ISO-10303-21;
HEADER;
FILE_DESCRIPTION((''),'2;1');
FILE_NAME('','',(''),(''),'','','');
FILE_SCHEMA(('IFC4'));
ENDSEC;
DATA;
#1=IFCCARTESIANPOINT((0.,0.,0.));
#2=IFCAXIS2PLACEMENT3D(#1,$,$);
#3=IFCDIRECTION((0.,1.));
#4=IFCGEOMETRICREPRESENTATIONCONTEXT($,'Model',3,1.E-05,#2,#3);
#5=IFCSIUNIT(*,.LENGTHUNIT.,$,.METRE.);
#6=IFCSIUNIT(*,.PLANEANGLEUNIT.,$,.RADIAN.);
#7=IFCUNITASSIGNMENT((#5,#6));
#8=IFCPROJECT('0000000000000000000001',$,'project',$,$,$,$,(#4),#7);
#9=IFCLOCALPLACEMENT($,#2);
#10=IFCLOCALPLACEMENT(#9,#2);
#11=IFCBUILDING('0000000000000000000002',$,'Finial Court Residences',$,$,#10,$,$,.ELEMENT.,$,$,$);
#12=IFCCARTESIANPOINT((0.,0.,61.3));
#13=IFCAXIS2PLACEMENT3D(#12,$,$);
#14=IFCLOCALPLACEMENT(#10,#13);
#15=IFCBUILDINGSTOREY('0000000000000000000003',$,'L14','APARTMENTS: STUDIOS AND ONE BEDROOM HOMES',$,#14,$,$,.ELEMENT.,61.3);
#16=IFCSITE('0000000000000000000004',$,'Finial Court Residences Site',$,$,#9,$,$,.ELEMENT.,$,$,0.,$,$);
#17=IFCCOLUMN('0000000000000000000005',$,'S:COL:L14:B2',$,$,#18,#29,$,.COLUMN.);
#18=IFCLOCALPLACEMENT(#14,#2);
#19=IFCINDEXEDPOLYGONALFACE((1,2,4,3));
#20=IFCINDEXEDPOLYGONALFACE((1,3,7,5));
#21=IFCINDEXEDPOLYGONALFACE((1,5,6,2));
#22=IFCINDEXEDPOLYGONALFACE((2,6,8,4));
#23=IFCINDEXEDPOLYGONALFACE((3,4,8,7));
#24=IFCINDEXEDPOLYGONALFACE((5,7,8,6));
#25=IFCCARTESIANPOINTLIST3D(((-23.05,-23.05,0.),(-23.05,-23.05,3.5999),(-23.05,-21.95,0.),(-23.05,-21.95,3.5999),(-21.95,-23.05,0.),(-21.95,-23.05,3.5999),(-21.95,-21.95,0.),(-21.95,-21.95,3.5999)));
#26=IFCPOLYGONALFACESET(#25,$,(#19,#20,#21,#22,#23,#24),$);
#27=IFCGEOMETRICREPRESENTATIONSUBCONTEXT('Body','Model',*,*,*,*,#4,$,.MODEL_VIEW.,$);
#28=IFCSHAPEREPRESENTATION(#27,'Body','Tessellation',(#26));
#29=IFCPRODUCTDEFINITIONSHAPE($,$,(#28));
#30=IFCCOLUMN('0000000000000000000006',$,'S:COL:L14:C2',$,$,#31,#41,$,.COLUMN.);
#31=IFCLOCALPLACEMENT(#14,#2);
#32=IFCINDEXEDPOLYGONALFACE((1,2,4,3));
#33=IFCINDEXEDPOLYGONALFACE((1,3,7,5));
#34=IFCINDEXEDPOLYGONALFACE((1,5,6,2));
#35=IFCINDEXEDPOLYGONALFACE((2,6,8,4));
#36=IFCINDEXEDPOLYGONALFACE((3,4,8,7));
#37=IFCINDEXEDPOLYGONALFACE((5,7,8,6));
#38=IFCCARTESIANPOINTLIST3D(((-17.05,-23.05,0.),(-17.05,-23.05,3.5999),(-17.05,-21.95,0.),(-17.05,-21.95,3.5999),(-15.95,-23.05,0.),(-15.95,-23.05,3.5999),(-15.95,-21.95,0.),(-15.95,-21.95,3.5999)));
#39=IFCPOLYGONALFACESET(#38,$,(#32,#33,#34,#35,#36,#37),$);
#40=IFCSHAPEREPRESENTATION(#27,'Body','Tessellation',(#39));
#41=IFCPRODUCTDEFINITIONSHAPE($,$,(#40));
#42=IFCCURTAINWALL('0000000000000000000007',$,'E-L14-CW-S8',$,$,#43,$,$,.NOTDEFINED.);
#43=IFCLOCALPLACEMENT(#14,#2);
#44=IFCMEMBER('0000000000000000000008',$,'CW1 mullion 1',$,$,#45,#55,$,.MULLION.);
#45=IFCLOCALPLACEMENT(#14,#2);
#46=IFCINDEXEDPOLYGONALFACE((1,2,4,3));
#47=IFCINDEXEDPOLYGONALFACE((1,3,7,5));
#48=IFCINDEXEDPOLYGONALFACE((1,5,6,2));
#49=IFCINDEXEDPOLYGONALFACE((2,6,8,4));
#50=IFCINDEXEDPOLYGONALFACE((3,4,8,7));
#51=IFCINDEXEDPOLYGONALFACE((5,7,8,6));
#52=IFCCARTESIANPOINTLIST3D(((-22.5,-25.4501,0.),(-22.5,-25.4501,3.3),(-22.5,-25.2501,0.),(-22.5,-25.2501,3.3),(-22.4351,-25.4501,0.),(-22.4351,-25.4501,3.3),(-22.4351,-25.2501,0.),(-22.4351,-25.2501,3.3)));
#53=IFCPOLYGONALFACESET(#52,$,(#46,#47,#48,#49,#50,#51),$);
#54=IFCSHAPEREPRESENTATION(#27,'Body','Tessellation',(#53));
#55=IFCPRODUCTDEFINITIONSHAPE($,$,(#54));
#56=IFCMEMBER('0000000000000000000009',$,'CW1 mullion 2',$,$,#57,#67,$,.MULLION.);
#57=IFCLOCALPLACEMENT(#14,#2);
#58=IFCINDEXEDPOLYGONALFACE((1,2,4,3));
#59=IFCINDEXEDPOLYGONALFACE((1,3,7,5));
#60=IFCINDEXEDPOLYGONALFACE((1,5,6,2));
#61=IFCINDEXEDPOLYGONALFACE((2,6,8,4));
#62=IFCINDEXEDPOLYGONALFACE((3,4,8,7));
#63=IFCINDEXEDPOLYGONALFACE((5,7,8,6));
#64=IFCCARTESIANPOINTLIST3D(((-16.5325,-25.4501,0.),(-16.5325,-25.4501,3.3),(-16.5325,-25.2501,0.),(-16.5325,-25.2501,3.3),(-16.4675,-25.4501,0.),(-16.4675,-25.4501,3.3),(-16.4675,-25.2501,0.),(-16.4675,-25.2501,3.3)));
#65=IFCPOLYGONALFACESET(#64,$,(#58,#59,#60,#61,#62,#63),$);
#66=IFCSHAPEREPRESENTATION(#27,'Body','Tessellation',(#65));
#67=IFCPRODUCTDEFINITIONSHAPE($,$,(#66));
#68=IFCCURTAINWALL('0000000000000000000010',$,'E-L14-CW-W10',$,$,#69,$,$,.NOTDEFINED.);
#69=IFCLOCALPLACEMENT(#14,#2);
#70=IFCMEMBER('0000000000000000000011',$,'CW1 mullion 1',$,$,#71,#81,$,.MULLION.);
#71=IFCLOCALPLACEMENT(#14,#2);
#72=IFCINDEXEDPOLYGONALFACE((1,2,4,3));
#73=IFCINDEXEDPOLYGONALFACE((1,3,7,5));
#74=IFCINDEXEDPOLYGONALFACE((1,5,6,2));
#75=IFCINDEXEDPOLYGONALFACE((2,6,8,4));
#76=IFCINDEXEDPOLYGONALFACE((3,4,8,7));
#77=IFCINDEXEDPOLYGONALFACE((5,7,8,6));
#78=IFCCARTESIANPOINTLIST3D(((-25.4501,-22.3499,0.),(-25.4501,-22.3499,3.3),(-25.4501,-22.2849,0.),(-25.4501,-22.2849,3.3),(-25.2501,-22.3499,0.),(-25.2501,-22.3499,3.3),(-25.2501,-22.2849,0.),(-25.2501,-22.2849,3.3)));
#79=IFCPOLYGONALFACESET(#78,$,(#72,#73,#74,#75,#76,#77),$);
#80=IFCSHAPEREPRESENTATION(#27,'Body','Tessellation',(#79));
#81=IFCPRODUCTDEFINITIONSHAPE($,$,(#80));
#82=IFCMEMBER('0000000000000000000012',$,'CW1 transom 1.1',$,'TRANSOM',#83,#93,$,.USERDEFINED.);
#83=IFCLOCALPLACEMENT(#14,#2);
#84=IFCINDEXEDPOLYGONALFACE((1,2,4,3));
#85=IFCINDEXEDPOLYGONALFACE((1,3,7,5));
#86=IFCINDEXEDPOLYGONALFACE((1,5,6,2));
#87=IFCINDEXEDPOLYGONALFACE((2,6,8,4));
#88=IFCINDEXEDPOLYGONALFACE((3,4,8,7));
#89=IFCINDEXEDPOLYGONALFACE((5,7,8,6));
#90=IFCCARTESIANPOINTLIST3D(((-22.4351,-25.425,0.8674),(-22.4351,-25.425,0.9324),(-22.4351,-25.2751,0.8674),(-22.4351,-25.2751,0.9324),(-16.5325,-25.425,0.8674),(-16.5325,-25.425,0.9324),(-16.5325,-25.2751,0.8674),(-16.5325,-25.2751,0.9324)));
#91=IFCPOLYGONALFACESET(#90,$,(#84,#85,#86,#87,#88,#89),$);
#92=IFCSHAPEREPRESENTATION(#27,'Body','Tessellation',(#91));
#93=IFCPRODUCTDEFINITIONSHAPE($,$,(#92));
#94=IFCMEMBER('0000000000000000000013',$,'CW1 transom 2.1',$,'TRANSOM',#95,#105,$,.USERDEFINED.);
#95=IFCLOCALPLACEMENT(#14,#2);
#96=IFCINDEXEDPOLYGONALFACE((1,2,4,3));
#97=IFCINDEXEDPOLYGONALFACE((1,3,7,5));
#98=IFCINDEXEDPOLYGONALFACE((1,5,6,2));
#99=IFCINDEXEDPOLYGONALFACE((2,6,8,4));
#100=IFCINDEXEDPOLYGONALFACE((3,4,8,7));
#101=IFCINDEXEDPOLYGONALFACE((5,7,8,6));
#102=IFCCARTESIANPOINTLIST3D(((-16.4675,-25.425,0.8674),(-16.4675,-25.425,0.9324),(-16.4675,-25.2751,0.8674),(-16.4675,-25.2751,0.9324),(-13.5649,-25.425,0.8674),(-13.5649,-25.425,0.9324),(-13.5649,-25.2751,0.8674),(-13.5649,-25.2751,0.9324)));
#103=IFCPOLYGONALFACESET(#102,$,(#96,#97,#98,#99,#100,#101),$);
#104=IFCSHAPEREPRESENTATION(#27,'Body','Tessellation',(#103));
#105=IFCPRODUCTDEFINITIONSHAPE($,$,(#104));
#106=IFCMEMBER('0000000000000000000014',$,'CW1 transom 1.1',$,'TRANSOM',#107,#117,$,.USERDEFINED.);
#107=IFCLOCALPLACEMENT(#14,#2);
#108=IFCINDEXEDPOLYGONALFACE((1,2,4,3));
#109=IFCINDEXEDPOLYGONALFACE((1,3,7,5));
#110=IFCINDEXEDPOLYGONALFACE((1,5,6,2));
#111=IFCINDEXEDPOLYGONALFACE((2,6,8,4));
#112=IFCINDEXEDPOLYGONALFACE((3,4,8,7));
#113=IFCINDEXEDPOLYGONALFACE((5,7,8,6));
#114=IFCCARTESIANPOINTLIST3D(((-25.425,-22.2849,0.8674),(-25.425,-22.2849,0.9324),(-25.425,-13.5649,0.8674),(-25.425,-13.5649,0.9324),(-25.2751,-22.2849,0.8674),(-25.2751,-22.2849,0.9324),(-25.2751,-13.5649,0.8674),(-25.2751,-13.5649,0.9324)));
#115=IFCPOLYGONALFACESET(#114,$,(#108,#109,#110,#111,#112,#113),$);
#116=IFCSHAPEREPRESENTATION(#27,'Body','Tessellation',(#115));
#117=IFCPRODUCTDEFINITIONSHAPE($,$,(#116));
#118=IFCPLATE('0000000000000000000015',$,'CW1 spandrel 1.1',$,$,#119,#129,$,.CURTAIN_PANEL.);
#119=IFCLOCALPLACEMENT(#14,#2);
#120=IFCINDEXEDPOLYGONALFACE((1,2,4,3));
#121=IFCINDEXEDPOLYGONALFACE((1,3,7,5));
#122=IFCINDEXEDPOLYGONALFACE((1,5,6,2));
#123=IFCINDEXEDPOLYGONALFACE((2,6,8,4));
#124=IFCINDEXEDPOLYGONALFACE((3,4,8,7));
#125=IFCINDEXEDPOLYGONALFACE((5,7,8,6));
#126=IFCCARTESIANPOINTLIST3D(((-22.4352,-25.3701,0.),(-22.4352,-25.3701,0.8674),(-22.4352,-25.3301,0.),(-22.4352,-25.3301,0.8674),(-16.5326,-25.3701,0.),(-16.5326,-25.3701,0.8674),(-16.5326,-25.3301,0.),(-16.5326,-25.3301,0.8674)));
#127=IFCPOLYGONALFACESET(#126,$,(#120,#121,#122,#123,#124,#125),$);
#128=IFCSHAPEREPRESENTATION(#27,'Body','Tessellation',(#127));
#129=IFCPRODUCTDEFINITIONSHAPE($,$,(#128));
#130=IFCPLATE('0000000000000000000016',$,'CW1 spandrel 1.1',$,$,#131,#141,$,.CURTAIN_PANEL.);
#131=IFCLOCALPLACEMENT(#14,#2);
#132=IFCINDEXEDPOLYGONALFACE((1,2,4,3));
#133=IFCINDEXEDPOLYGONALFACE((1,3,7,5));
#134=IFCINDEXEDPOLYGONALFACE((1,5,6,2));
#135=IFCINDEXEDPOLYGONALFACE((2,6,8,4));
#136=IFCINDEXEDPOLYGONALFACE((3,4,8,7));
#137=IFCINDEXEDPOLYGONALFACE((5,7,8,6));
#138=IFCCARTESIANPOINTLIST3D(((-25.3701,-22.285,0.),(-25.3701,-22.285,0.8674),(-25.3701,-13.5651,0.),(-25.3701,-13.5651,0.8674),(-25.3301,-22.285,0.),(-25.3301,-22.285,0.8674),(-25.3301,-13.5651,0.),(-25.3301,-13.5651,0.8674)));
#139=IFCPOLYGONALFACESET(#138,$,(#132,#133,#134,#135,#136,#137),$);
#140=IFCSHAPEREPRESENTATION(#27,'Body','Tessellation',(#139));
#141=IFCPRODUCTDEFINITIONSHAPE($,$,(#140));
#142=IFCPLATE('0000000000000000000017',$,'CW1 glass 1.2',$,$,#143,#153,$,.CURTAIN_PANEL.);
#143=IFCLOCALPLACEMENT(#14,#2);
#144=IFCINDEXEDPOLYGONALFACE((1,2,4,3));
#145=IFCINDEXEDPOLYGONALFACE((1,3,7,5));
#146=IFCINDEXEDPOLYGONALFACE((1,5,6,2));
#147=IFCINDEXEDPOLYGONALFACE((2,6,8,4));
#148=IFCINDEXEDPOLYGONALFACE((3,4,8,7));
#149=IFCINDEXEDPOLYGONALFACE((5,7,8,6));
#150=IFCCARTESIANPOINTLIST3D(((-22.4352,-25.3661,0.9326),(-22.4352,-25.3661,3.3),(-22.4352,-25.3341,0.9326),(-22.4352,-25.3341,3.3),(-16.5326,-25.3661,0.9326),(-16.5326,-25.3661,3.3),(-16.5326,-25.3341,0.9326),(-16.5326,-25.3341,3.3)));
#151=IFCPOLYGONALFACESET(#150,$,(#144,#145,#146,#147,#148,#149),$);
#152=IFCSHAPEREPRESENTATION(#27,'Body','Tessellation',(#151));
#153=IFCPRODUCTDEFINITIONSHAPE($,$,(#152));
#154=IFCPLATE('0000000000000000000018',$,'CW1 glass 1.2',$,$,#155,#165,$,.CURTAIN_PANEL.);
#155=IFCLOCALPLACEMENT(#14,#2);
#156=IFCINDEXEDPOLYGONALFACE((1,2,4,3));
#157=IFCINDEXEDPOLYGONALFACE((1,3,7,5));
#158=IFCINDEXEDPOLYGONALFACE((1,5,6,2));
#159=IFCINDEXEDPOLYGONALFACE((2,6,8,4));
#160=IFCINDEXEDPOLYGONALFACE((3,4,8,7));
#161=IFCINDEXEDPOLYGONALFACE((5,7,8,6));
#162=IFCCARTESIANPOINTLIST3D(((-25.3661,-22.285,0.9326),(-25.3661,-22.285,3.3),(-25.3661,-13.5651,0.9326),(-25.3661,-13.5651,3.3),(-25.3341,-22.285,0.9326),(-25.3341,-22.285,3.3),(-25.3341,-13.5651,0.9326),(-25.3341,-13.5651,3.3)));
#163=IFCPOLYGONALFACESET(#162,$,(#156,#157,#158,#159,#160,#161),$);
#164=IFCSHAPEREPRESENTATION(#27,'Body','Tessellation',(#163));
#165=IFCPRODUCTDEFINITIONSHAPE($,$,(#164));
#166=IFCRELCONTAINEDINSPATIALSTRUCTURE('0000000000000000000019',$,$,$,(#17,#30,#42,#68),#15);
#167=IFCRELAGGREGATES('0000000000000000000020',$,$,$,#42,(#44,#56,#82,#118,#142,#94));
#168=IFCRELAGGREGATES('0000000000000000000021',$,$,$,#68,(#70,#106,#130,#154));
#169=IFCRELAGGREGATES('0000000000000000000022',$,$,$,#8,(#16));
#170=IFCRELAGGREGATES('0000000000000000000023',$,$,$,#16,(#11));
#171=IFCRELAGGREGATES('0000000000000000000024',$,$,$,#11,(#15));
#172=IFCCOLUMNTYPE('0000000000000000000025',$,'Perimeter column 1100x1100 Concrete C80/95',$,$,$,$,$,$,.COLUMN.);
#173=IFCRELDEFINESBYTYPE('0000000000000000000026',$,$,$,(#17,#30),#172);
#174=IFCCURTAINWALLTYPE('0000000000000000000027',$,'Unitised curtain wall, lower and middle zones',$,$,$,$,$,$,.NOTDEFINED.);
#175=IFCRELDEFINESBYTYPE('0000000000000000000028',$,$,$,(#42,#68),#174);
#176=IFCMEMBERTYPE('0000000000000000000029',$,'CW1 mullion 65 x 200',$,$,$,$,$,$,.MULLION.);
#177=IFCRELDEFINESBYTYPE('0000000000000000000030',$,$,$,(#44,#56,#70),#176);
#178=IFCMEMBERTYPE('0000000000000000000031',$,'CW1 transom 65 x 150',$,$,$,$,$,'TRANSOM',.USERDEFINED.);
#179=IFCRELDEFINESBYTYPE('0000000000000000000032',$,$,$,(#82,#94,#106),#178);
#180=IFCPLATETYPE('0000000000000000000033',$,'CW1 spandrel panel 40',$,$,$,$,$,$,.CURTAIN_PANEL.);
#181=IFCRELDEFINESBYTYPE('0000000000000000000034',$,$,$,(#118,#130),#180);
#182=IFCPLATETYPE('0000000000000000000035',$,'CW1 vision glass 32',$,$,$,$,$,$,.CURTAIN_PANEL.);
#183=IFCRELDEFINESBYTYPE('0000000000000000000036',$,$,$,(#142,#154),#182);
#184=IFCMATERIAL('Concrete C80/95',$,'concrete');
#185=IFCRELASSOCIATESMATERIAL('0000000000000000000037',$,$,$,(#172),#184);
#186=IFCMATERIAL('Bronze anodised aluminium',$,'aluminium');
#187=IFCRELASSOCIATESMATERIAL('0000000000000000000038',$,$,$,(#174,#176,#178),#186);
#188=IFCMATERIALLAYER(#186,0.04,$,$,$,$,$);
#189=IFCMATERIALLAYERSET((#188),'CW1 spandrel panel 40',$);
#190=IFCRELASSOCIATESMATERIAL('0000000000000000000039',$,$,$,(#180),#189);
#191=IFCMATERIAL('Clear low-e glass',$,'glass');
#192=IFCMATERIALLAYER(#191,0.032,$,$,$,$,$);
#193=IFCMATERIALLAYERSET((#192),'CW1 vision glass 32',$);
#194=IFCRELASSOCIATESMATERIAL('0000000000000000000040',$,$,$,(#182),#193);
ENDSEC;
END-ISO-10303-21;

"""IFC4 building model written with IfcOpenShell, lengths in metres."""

from ifc_helpers import new_model, si_unit, direction, frame, origin, origin_2d, place, context, subcontext, project, spatial, rectangle, extrude, material, layer, layer_set, material_profile, profile_set, type_object, element, aggregate, save


model = new_model("IFC4")

# Units and contexts
model_context = context("Model", 3, precision=1e-05, world=origin(), true_north=direction((0.0, 1.0)))
body_context = subcontext(model_context, "Body", "Model", "MODEL_VIEW")
ifc_project = project(units=[si_unit("LENGTHUNIT", "METRE"), si_unit("PLANEANGLEUNIT", "RADIAN")], contexts=[model_context])

# Site, building, storey
site_placement = place(None, origin())
site = spatial("IfcSite", under=ifc_project, at=site_placement, Name="Finial Court Residences Site", CompositionType="ELEMENT", RefElevation=0.0)
building_placement = place(site_placement, origin())
building = spatial("IfcBuilding", under=site, at=building_placement, Name="Finial Court Residences", CompositionType="ELEMENT")
storey_placement = place(building_placement, frame((0.0, 0.0, 61.3)))
storey = spatial("IfcBuildingStorey", under=building, at=storey_placement, Name="L14", Description="APARTMENTS: STUDIOS AND ONE BEDROOM HOMES", CompositionType="ELEMENT", Elevation=61.3)

# Columns
ifc_material_1 = material(Name="Concrete C80/95", Category="concrete")
ifc_material_profile_1 = material_profile(ifc_material_1, rectangle(XDim=1.1001, YDim=1.1001, at=origin_2d()), Name="1100x1100")
ifc_profile_set_1 = profile_set([ifc_material_profile_1], Name="Concrete C80/95")
column_type = type_object("IfcColumnType", Name="Perimeter column 1100x1100 Concrete C80/95", PredefinedType="COLUMN", material=ifc_profile_set_1)
for number, where, z_axis, x_axis, name in (
    (1, (-22.5, -22.5, 0.0), (0.0, 0.0, 1.0), (1.0, 0.0, 0.0), "S:COL:L14:B2"),
    (2, (-16.5, -22.5, 0.0), (0.0, 0.0, 1.0), (1.0, 0.0, 0.0), "S:COL:L14:C2"),
):
    element("IfcColumn", number, at=place(storey_placement, frame(where, z_axis=z_axis, x_axis=x_axis)), inside=storey, type_object=column_type, Name=name, PredefinedType="COLUMN", context=body_context, shape_type="SweptSolid", body=[
        extrude(rectangle(XDim=1.1001, YDim=1.1001, at=origin_2d()), origin(), (0.0, 0.0, 1.0), 3.5999),
    ])

# Curtain wall, members
ifc_material_2 = material(Name="Bronze anodised aluminium", Category="aluminium")
curtain_wall_type = type_object("IfcCurtainWallType", Name="Unitised curtain wall, lower and middle zones", PredefinedType="NOTDEFINED", material=ifc_material_2)
curtain_wall_1_placement = place(storey_placement, origin())
curtain_wall_1 = element("IfcCurtainWall", 3, at=curtain_wall_1_placement, inside=storey, type_object=curtain_wall_type, Name="E-L14-CW-S8", PredefinedType="NOTDEFINED")
ifc_material_profile_2 = material_profile(ifc_material_2, rectangle(XDim=0.2, YDim=0.0649, at=origin_2d()), Name="CW1 mullion 65 x 200")
ifc_profile_set_2 = profile_set([ifc_material_profile_2], Name="Bronze anodised aluminium")
member_type_1 = type_object("IfcMemberType", Name="CW1 mullion 65 x 200", PredefinedType="MULLION", material=ifc_profile_set_2)
member_1_placement = place(storey_placement, frame((-22.4675, -25.3501, 0.0), z_axis=(0.0, 0.0, 1.0), x_axis=(0.0, 1.0, 0.0)))
member_1 = element("IfcMember", 4, at=member_1_placement, type_object=member_type_1, Name="CW1 mullion 1", PredefinedType="MULLION", context=body_context, shape_type="SweptSolid", body=[
    extrude(rectangle(XDim=0.2, YDim=0.0649, at=origin_2d()), origin(), (0.0, 0.0, 1.0), 3.3),
])
member_2_placement = place(storey_placement, frame((-16.5, -25.3501, 0.0), z_axis=(0.0, 0.0, 1.0), x_axis=(0.0, 1.0, 0.0)))
member_2 = element("IfcMember", 5, at=member_2_placement, type_object=member_type_1, Name="CW1 mullion 2", PredefinedType="MULLION", context=body_context, shape_type="SweptSolid", body=[
    extrude(rectangle(XDim=0.2, YDim=0.0649, at=origin_2d()), origin(), (0.0, 0.0, 1.0), 3.3),
])

# Curtain wall, member
curtain_wall_2_placement = place(storey_placement, origin())
curtain_wall_2 = element("IfcCurtainWall", 6, at=curtain_wall_2_placement, inside=storey, type_object=curtain_wall_type, Name="E-L14-CW-W10", PredefinedType="NOTDEFINED")
member_3_placement = place(storey_placement, frame((-25.3501, -22.3174, 0.0), z_axis=(0.0, 0.0, 1.0), x_axis=(-1.0, 0.0, 0.0)))
member_3 = element("IfcMember", 7, at=member_3_placement, type_object=member_type_1, Name="CW1 mullion 1", PredefinedType="MULLION", context=body_context, shape_type="SweptSolid", body=[
    extrude(rectangle(XDim=0.2, YDim=0.0649, at=origin_2d()), origin(), (0.0, 0.0, 1.0), 3.3),
])

# Members
ifc_material_profile_3 = material_profile(ifc_material_2, rectangle(XDim=0.1499, YDim=0.0649, at=origin_2d()), Name="CW1 transom 65 x 150")
ifc_profile_set_3 = profile_set([ifc_material_profile_3], Name="Bronze anodised aluminium")
member_type_2 = type_object("IfcMemberType", Name="CW1 transom 65 x 150", ElementType="TRANSOM", PredefinedType="USERDEFINED", material=ifc_profile_set_3)
member_4_placement = place(storey_placement, frame((-22.4351, -25.3501, 0.8999), z_axis=(1.0, 0.0, 0.0), x_axis=(0.0, 1.0, 0.0)))
member_4 = element("IfcMember", 8, at=member_4_placement, type_object=member_type_2, Name="CW1 transom 1.1", ObjectType="TRANSOM", PredefinedType="USERDEFINED", context=body_context, shape_type="SweptSolid", body=[
    extrude(rectangle(XDim=0.1499, YDim=0.0649, at=origin_2d()), origin(), (0.0, 0.0, 1.0), 5.9026),
])
member_5_placement = place(storey_placement, frame((-16.4675, -25.3501, 0.8999), z_axis=(1.0, 0.0, 0.0), x_axis=(0.0, 1.0, 0.0)))
member_5 = element("IfcMember", 9, at=member_5_placement, type_object=member_type_2, Name="CW1 transom 2.1", ObjectType="TRANSOM", PredefinedType="USERDEFINED", context=body_context, shape_type="SweptSolid", body=[
    extrude(rectangle(XDim=0.1499, YDim=0.0649, at=origin_2d()), origin(), (0.0, 0.0, 1.0), 2.9026),
])
member_6_placement = place(storey_placement, frame((-25.3501, -22.2849, 0.8999), z_axis=(0.0, 1.0, 0.0), x_axis=(-1.0, 0.0, 0.0)))
member_6 = element("IfcMember", 10, at=member_6_placement, type_object=member_type_2, Name="CW1 transom 1.1", ObjectType="TRANSOM", PredefinedType="USERDEFINED", context=body_context, shape_type="SweptSolid", body=[
    extrude(rectangle(XDim=0.1499, YDim=0.0649, at=origin_2d()), origin(), (0.0, 0.0, 1.0), 8.72),
])

# Plates
ifc_layer_1 = layer(ifc_material_2, 0.04)
ifc_layer_set_1 = layer_set([ifc_layer_1], Name="CW1 spandrel panel 40")
plate_type_1 = type_object("IfcPlateType", Name="CW1 spandrel panel 40", PredefinedType="CURTAIN_PANEL", material=ifc_layer_set_1)
plate_1_placement = place(storey_placement, frame((-19.4839, -25.3501, 0.0), z_axis=(0.0, 0.0, 1.0), x_axis=(1.0, 0.0, 0.0)))
plate_1 = element("IfcPlate", 11, at=plate_1_placement, type_object=plate_type_1, Name="CW1 spandrel 1.1", PredefinedType="CURTAIN_PANEL", context=body_context, shape_type="SweptSolid", body=[
    extrude(rectangle(XDim=5.9026, YDim=0.04, at=origin_2d()), origin(), (0.0, 0.0, 1.0), 0.8674),
])
plate_2_placement = place(storey_placement, frame((-25.3501, -17.925, 0.0), z_axis=(0.0, 0.0, 1.0), x_axis=(0.0, 1.0, 0.0)))
plate_2 = element("IfcPlate", 12, at=plate_2_placement, type_object=plate_type_1, Name="CW1 spandrel 1.1", PredefinedType="CURTAIN_PANEL", context=body_context, shape_type="SweptSolid", body=[
    extrude(rectangle(XDim=8.72, YDim=0.04, at=origin_2d()), origin(), (0.0, 0.0, 1.0), 0.8674),
])
ifc_material_3 = material(Name="Clear low-e glass", Category="glass")
ifc_layer_2 = layer(ifc_material_3, 0.032)
ifc_layer_set_2 = layer_set([ifc_layer_2], Name="CW1 vision glass 32")
plate_type_2 = type_object("IfcPlateType", Name="CW1 vision glass 32", PredefinedType="CURTAIN_PANEL", material=ifc_layer_set_2)
plate_3_placement = place(storey_placement, frame((-19.4839, -25.3501, 0.9326), z_axis=(0.0, 0.0, 1.0), x_axis=(1.0, 0.0, 0.0)))
plate_3 = element("IfcPlate", 13, at=plate_3_placement, type_object=plate_type_2, Name="CW1 glass 1.2", PredefinedType="CURTAIN_PANEL", context=body_context, shape_type="SweptSolid", body=[
    extrude(rectangle(XDim=5.9026, YDim=0.032, at=origin_2d()), origin(), (0.0, 0.0, 1.0), 2.3674),
])
aggregate(curtain_wall_1, [member_1, member_2, member_4, plate_1, plate_3, member_5])
plate_4_placement = place(storey_placement, frame((-25.3501, -17.925, 0.9326), z_axis=(0.0, 0.0, 1.0), x_axis=(0.0, 1.0, 0.0)))
plate_4 = element("IfcPlate", 14, at=plate_4_placement, type_object=plate_type_2, Name="CW1 glass 1.2", PredefinedType="CURTAIN_PANEL", context=body_context, shape_type="SweptSolid", body=[
    extrude(rectangle(XDim=8.72, YDim=0.032, at=origin_2d()), origin(), (0.0, 0.0, 1.0), 2.3674),
])
aggregate(curtain_wall_2, [member_3, member_6, plate_2, plate_4])

save(model, "model.ifc")
